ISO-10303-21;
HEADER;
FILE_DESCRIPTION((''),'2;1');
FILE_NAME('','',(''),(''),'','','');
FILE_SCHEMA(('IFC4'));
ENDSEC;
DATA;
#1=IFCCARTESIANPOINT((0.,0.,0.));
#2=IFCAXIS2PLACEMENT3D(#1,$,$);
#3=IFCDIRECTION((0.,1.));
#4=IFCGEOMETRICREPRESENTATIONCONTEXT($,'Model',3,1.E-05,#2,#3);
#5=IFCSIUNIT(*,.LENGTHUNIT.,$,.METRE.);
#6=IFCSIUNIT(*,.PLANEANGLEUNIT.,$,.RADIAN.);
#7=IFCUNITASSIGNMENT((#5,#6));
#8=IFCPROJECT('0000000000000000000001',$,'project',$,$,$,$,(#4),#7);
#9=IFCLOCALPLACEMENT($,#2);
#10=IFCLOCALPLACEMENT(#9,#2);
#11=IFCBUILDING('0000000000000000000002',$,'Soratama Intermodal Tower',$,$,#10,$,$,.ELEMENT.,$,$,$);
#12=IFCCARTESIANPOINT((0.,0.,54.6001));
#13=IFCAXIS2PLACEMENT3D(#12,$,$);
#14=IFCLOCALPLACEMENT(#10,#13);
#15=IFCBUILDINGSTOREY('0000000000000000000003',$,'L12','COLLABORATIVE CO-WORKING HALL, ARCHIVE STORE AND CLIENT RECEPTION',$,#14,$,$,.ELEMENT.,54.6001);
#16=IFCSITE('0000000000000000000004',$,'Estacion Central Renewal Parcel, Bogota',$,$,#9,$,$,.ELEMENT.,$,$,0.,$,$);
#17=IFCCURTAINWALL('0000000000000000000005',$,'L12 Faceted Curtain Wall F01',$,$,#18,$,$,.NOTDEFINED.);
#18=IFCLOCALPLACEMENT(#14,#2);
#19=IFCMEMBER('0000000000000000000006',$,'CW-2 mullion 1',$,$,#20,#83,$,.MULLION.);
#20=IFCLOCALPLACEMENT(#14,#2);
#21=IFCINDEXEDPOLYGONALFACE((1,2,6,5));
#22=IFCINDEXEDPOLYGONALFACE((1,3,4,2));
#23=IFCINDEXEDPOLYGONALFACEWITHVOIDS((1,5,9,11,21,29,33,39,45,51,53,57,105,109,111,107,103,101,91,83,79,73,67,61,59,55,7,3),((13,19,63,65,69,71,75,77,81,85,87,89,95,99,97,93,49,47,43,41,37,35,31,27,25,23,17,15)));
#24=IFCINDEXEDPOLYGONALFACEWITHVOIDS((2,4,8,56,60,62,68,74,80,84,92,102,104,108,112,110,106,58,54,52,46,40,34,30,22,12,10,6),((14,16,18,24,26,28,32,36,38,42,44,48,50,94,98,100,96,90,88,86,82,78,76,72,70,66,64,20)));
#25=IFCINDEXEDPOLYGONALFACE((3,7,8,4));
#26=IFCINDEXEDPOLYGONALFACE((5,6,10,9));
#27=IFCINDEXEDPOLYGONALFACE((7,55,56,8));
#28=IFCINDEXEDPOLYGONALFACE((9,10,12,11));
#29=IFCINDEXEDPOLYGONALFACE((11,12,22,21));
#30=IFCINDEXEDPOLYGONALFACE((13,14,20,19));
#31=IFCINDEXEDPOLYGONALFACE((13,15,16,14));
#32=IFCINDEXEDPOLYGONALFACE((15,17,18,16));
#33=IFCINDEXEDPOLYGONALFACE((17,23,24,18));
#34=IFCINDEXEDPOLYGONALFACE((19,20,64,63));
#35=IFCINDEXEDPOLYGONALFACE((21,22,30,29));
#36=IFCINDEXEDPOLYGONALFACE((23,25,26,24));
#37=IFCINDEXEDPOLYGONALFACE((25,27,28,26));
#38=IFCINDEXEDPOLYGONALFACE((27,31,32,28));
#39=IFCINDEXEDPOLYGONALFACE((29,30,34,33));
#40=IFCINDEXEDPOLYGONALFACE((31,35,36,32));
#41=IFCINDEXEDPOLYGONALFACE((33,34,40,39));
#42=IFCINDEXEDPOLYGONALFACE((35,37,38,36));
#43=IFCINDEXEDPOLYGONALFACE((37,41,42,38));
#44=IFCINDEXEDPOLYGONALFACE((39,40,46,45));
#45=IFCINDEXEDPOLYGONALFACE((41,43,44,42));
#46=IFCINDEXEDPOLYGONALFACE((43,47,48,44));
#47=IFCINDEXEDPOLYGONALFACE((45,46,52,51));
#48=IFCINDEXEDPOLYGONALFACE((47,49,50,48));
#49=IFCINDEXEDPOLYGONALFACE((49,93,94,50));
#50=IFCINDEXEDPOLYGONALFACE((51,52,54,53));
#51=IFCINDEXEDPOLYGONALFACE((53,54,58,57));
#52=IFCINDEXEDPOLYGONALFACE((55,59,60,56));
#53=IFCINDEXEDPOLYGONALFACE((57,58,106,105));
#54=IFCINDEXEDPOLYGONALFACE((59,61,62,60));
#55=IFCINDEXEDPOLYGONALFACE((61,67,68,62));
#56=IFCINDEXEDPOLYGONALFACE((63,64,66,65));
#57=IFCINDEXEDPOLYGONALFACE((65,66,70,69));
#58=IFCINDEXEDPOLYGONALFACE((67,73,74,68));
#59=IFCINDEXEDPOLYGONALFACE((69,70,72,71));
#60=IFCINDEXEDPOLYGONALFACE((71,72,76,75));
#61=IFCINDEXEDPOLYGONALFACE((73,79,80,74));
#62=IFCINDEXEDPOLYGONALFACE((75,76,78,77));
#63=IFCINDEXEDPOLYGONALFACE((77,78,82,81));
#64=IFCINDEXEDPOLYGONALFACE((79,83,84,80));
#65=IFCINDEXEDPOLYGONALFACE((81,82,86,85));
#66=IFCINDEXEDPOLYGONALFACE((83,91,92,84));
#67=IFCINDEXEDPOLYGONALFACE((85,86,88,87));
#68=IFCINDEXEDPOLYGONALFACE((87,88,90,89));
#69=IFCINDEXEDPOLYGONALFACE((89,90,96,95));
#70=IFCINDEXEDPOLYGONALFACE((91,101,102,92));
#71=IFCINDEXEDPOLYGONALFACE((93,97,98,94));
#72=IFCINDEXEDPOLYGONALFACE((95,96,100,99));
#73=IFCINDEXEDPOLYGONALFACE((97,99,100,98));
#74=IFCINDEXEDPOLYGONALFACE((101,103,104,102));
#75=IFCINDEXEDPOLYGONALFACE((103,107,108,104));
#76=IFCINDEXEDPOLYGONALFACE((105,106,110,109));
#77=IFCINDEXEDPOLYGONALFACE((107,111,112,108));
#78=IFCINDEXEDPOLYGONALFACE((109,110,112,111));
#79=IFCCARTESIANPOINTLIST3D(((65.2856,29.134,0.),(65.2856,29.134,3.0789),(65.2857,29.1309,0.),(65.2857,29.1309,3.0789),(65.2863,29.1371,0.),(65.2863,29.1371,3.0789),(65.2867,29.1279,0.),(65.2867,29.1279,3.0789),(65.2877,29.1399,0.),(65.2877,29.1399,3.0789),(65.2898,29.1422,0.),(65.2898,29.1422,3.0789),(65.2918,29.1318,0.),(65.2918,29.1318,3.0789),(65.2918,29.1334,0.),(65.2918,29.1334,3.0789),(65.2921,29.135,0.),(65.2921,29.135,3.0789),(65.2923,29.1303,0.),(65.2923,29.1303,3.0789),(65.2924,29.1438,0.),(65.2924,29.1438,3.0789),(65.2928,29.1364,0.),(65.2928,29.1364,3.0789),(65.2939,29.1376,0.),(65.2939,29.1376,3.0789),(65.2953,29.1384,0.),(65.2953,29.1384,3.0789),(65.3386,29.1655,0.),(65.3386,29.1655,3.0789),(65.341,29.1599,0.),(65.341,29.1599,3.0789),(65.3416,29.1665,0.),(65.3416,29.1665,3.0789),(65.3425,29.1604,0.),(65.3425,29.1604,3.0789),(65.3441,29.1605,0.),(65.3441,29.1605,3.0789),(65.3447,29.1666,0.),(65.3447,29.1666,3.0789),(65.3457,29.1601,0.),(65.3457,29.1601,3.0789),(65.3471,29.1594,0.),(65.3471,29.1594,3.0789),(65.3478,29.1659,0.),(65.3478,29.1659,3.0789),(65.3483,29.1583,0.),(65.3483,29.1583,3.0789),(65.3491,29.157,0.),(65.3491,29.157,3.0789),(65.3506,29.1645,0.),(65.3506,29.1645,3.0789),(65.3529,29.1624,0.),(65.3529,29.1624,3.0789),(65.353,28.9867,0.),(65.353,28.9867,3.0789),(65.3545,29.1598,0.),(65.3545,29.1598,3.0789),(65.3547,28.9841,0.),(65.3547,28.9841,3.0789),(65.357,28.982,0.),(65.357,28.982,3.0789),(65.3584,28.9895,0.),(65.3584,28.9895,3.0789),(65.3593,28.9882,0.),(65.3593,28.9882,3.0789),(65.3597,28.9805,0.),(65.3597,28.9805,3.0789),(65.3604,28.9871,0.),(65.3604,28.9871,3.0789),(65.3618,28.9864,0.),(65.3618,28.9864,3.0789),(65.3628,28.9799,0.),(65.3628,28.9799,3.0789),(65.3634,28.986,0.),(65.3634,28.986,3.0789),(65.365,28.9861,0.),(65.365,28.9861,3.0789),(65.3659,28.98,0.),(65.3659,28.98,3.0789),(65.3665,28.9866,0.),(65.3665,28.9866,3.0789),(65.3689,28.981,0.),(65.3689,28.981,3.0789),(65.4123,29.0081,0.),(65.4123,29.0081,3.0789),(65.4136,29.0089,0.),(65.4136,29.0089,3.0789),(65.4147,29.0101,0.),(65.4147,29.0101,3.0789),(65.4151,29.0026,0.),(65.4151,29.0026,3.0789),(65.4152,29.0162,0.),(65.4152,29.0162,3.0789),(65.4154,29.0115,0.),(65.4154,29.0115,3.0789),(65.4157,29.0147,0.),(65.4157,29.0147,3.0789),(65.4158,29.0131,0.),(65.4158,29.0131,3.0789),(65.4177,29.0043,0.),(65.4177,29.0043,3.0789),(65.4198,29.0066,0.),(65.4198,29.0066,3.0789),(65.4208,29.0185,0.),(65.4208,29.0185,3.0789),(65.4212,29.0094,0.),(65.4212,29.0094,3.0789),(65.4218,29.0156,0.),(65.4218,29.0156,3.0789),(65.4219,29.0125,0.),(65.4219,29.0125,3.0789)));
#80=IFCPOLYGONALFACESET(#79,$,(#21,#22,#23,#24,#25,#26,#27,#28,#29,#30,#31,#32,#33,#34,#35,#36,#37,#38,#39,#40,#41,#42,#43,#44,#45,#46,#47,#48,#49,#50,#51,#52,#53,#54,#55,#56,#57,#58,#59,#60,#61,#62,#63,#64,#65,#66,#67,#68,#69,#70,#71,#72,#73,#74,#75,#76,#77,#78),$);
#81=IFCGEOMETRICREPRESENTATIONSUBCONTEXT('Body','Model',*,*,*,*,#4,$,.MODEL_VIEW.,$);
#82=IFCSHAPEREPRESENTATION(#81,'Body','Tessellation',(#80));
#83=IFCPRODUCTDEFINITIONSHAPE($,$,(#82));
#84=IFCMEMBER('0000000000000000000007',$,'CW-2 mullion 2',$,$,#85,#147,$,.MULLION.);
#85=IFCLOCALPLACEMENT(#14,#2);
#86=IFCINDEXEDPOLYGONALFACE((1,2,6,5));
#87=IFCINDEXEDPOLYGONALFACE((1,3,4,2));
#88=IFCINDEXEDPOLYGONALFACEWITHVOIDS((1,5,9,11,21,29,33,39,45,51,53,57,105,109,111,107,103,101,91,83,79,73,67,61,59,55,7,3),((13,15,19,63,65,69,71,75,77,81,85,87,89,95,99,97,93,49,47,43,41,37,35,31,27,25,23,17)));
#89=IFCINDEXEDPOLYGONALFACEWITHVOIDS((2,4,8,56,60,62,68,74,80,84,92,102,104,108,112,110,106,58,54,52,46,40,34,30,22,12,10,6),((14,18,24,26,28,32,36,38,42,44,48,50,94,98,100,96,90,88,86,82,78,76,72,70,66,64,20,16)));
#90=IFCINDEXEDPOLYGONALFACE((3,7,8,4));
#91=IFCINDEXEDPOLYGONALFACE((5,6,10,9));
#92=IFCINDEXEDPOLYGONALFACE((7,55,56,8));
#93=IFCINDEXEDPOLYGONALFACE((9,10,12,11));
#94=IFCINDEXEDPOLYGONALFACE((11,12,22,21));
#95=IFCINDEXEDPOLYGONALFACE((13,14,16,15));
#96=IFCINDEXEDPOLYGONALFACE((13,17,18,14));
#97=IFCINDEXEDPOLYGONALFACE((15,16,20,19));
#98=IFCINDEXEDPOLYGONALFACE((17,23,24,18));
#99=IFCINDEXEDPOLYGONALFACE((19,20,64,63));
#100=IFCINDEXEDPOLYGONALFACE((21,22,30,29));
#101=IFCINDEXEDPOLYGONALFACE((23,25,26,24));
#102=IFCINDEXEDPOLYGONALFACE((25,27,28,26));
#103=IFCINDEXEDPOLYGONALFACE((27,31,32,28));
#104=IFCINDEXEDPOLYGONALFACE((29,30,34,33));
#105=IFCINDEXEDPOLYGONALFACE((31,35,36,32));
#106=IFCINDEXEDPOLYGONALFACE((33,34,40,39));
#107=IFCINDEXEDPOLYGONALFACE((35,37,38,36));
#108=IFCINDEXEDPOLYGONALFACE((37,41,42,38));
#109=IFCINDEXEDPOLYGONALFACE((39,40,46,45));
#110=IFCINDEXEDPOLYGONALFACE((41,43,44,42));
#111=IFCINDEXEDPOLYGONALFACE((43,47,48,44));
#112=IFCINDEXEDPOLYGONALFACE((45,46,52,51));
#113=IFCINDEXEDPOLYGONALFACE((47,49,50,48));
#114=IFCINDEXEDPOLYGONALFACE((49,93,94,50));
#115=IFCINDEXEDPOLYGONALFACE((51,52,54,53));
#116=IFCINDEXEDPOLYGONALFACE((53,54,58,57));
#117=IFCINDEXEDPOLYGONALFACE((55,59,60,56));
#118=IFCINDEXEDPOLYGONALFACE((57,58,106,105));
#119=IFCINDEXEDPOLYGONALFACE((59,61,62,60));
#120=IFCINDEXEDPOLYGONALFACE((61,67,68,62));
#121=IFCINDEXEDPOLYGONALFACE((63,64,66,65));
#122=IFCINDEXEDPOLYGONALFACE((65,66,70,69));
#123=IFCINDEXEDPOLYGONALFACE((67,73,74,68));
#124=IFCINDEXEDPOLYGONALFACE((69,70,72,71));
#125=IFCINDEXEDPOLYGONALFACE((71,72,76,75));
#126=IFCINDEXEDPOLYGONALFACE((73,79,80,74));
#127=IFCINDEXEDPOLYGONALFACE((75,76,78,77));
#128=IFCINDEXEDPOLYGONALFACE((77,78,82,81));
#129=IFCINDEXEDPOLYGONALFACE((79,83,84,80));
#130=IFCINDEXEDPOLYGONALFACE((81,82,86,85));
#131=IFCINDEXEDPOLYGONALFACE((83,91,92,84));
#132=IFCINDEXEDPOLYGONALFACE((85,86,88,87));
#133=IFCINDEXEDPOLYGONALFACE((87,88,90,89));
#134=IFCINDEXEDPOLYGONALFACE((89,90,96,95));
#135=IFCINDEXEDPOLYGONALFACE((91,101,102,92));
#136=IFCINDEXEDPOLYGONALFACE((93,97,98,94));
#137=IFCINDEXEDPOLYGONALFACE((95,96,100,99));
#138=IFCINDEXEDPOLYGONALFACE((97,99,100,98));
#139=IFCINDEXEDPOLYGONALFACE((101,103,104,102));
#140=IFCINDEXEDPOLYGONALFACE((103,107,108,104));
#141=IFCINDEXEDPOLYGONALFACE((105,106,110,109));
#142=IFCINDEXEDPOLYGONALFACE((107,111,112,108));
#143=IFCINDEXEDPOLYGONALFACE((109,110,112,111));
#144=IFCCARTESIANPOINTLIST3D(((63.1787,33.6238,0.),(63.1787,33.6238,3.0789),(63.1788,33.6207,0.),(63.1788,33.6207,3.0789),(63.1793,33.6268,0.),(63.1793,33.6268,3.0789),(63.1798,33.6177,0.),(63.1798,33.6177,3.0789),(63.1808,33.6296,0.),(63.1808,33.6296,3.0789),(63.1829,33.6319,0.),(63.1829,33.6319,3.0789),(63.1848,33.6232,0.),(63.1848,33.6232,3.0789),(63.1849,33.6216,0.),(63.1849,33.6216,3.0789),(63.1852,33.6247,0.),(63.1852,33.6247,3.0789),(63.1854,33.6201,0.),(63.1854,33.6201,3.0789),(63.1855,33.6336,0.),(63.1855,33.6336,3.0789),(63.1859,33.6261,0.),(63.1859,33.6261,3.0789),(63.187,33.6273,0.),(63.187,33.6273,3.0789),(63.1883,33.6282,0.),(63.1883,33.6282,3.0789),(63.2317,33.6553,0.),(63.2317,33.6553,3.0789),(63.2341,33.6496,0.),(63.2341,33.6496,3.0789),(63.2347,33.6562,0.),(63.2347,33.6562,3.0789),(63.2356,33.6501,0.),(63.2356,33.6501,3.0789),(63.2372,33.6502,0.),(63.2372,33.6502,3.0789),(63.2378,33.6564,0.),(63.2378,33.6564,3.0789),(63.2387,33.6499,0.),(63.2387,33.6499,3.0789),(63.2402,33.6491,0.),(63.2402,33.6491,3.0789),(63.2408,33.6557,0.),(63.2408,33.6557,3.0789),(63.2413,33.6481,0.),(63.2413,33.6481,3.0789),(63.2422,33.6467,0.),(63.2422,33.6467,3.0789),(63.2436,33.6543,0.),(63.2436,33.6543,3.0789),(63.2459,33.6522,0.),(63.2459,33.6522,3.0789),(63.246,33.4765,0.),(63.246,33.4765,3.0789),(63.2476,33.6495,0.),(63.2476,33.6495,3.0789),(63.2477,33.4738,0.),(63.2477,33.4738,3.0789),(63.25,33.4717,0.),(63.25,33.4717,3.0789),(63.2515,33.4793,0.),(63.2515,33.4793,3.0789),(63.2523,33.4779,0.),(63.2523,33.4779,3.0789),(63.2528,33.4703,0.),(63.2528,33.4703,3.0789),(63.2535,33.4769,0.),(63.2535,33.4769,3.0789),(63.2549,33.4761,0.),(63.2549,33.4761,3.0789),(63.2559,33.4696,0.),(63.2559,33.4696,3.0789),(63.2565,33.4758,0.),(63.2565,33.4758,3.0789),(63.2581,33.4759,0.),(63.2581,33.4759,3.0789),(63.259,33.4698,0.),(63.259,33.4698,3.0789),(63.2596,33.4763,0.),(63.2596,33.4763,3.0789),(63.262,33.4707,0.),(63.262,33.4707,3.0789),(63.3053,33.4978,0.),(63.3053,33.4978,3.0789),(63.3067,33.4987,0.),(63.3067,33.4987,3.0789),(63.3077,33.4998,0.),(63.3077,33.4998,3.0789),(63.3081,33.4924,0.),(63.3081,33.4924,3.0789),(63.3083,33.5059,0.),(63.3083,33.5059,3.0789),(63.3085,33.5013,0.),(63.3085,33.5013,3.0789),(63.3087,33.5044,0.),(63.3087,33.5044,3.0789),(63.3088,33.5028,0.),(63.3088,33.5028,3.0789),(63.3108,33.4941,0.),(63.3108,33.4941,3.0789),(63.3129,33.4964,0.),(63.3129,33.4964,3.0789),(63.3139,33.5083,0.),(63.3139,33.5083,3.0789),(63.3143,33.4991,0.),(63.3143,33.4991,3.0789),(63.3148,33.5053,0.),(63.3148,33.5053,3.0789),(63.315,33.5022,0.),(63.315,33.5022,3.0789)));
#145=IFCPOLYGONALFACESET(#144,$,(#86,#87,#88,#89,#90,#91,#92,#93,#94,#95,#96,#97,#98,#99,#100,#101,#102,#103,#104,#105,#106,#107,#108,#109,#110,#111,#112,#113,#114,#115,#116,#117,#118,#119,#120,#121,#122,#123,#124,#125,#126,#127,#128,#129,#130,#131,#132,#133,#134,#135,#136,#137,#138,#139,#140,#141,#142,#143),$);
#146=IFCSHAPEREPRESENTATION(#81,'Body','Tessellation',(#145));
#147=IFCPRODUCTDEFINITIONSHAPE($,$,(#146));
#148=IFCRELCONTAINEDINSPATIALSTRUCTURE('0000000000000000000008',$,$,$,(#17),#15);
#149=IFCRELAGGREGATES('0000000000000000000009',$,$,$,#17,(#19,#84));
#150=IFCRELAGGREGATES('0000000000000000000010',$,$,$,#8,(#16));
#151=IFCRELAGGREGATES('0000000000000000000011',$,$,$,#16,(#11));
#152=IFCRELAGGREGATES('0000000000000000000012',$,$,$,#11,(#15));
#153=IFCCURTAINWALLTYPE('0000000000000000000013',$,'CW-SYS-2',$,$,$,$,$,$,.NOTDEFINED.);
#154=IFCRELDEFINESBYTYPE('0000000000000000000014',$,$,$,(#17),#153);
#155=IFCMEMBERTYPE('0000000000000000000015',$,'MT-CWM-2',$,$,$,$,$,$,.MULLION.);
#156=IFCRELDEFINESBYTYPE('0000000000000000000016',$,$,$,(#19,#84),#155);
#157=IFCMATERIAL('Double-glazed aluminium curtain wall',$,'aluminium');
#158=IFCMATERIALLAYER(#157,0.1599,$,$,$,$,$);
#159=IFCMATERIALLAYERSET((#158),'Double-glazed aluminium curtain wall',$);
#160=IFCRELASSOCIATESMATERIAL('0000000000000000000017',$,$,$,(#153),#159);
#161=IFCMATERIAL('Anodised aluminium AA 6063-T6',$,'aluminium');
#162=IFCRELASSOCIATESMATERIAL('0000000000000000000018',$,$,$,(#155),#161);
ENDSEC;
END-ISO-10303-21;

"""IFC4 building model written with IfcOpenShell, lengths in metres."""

from ifc_helpers import new_model, si_unit, direction, frame, origin, origin_2d, place, context, subcontext, project, spatial, hollow_rectangle, extrude, material, layer, layer_set, material_profile, profile_set, type_object, element, aggregate, save


model = new_model("IFC4")

# Units and contexts
model_context = context("Model", 3, precision=1e-05, world=origin(), true_north=direction((0.0, 1.0)))
body_context = subcontext(model_context, "Body", "Model", "MODEL_VIEW")
ifc_project = project(units=[si_unit("LENGTHUNIT", "METRE"), si_unit("PLANEANGLEUNIT", "RADIAN")], contexts=[model_context])

# Site, building, storey
site_placement = place(None, origin())
site = spatial("IfcSite", under=ifc_project, at=site_placement, Name="Estacion Central Renewal Parcel, Bogota", CompositionType="ELEMENT", RefElevation=0.0)
building_placement = place(site_placement, origin())
building = spatial("IfcBuilding", under=site, at=building_placement, Name="Soratama Intermodal Tower", CompositionType="ELEMENT")
storey_placement = place(building_placement, frame((0.0, 0.0, 54.6001)))
storey = spatial("IfcBuildingStorey", under=building, at=storey_placement, Name="L12", Description="COLLABORATIVE CO-WORKING HALL, ARCHIVE STORE AND CLIENT RECEPTION", CompositionType="ELEMENT", Elevation=54.6001)

# Curtain wall, members
ifc_material_1 = material(Name="Double-glazed aluminium curtain wall", Category="aluminium")
ifc_layer_1 = layer(ifc_material_1, 0.1599)
ifc_layer_set_1 = layer_set([ifc_layer_1], Name="Double-glazed aluminium curtain wall")
curtain_wall_type = type_object("IfcCurtainWallType", Name="CW-SYS-2", PredefinedType="NOTDEFINED", material=ifc_layer_set_1)
curtain_wall_1_placement = place(storey_placement, origin())
curtain_wall_1 = element("IfcCurtainWall", 1, at=curtain_wall_1_placement, inside=storey, type_object=curtain_wall_type, Name="L12 Faceted Curtain Wall F01", PredefinedType="NOTDEFINED")
ifc_material_2 = material(Name="Anodised aluminium AA 6063-T6", Category="aluminium")
ifc_material_profile_1 = material_profile(ifc_material_2, hollow_rectangle(XDim=0.075, YDim=0.1799, WallThickness=0.0061, InnerFilletRadius=0.0061, OuterFilletRadius=0.012, at=origin_2d()), Name="CWM180X75X6")
ifc_profile_set_1 = profile_set([ifc_material_profile_1], Name="Anodised aluminium AA 6063-T6")
member_type_1 = type_object("IfcMemberType", Name="MT-CWM-2", PredefinedType="MULLION", material=ifc_profile_set_1)
member_1_placement = place(storey_placement, frame((65.3538, 29.0732, 0.0), z_axis=(0.0, 0.0, 1.0), x_axis=(-0.905274, -0.424829, 0.0)))
member_1 = element("IfcMember", 2, at=member_1_placement, type_object=member_type_1, Name="CW-2 mullion 1", PredefinedType="MULLION", context=body_context, shape_type="SweptSolid", body=[
    extrude(hollow_rectangle(XDim=0.075, YDim=0.1799, WallThickness=0.0061, InnerFilletRadius=0.0061, OuterFilletRadius=0.012, at=origin_2d()), origin(), (0.0, 0.0, 1.0), 3.0789),
])
member_2_placement = place(storey_placement, frame((63.2468, 33.563, 0.0), z_axis=(0.0, 0.0, 1.0), x_axis=(-0.905274, -0.424829, 0.0)))
member_2 = element("IfcMember", 3, at=member_2_placement, type_object=member_type_1, Name="CW-2 mullion 2", PredefinedType="MULLION", context=body_context, shape_type="SweptSolid", body=[
    extrude(hollow_rectangle(XDim=0.075, YDim=0.1799, WallThickness=0.0061, InnerFilletRadius=0.0061, OuterFilletRadius=0.012, at=origin_2d()), origin(), (0.0, 0.0, 1.0), 3.0789),
])

aggregate(curtain_wall_1, [member_1, member_2])

save(model, "model.ifc")
